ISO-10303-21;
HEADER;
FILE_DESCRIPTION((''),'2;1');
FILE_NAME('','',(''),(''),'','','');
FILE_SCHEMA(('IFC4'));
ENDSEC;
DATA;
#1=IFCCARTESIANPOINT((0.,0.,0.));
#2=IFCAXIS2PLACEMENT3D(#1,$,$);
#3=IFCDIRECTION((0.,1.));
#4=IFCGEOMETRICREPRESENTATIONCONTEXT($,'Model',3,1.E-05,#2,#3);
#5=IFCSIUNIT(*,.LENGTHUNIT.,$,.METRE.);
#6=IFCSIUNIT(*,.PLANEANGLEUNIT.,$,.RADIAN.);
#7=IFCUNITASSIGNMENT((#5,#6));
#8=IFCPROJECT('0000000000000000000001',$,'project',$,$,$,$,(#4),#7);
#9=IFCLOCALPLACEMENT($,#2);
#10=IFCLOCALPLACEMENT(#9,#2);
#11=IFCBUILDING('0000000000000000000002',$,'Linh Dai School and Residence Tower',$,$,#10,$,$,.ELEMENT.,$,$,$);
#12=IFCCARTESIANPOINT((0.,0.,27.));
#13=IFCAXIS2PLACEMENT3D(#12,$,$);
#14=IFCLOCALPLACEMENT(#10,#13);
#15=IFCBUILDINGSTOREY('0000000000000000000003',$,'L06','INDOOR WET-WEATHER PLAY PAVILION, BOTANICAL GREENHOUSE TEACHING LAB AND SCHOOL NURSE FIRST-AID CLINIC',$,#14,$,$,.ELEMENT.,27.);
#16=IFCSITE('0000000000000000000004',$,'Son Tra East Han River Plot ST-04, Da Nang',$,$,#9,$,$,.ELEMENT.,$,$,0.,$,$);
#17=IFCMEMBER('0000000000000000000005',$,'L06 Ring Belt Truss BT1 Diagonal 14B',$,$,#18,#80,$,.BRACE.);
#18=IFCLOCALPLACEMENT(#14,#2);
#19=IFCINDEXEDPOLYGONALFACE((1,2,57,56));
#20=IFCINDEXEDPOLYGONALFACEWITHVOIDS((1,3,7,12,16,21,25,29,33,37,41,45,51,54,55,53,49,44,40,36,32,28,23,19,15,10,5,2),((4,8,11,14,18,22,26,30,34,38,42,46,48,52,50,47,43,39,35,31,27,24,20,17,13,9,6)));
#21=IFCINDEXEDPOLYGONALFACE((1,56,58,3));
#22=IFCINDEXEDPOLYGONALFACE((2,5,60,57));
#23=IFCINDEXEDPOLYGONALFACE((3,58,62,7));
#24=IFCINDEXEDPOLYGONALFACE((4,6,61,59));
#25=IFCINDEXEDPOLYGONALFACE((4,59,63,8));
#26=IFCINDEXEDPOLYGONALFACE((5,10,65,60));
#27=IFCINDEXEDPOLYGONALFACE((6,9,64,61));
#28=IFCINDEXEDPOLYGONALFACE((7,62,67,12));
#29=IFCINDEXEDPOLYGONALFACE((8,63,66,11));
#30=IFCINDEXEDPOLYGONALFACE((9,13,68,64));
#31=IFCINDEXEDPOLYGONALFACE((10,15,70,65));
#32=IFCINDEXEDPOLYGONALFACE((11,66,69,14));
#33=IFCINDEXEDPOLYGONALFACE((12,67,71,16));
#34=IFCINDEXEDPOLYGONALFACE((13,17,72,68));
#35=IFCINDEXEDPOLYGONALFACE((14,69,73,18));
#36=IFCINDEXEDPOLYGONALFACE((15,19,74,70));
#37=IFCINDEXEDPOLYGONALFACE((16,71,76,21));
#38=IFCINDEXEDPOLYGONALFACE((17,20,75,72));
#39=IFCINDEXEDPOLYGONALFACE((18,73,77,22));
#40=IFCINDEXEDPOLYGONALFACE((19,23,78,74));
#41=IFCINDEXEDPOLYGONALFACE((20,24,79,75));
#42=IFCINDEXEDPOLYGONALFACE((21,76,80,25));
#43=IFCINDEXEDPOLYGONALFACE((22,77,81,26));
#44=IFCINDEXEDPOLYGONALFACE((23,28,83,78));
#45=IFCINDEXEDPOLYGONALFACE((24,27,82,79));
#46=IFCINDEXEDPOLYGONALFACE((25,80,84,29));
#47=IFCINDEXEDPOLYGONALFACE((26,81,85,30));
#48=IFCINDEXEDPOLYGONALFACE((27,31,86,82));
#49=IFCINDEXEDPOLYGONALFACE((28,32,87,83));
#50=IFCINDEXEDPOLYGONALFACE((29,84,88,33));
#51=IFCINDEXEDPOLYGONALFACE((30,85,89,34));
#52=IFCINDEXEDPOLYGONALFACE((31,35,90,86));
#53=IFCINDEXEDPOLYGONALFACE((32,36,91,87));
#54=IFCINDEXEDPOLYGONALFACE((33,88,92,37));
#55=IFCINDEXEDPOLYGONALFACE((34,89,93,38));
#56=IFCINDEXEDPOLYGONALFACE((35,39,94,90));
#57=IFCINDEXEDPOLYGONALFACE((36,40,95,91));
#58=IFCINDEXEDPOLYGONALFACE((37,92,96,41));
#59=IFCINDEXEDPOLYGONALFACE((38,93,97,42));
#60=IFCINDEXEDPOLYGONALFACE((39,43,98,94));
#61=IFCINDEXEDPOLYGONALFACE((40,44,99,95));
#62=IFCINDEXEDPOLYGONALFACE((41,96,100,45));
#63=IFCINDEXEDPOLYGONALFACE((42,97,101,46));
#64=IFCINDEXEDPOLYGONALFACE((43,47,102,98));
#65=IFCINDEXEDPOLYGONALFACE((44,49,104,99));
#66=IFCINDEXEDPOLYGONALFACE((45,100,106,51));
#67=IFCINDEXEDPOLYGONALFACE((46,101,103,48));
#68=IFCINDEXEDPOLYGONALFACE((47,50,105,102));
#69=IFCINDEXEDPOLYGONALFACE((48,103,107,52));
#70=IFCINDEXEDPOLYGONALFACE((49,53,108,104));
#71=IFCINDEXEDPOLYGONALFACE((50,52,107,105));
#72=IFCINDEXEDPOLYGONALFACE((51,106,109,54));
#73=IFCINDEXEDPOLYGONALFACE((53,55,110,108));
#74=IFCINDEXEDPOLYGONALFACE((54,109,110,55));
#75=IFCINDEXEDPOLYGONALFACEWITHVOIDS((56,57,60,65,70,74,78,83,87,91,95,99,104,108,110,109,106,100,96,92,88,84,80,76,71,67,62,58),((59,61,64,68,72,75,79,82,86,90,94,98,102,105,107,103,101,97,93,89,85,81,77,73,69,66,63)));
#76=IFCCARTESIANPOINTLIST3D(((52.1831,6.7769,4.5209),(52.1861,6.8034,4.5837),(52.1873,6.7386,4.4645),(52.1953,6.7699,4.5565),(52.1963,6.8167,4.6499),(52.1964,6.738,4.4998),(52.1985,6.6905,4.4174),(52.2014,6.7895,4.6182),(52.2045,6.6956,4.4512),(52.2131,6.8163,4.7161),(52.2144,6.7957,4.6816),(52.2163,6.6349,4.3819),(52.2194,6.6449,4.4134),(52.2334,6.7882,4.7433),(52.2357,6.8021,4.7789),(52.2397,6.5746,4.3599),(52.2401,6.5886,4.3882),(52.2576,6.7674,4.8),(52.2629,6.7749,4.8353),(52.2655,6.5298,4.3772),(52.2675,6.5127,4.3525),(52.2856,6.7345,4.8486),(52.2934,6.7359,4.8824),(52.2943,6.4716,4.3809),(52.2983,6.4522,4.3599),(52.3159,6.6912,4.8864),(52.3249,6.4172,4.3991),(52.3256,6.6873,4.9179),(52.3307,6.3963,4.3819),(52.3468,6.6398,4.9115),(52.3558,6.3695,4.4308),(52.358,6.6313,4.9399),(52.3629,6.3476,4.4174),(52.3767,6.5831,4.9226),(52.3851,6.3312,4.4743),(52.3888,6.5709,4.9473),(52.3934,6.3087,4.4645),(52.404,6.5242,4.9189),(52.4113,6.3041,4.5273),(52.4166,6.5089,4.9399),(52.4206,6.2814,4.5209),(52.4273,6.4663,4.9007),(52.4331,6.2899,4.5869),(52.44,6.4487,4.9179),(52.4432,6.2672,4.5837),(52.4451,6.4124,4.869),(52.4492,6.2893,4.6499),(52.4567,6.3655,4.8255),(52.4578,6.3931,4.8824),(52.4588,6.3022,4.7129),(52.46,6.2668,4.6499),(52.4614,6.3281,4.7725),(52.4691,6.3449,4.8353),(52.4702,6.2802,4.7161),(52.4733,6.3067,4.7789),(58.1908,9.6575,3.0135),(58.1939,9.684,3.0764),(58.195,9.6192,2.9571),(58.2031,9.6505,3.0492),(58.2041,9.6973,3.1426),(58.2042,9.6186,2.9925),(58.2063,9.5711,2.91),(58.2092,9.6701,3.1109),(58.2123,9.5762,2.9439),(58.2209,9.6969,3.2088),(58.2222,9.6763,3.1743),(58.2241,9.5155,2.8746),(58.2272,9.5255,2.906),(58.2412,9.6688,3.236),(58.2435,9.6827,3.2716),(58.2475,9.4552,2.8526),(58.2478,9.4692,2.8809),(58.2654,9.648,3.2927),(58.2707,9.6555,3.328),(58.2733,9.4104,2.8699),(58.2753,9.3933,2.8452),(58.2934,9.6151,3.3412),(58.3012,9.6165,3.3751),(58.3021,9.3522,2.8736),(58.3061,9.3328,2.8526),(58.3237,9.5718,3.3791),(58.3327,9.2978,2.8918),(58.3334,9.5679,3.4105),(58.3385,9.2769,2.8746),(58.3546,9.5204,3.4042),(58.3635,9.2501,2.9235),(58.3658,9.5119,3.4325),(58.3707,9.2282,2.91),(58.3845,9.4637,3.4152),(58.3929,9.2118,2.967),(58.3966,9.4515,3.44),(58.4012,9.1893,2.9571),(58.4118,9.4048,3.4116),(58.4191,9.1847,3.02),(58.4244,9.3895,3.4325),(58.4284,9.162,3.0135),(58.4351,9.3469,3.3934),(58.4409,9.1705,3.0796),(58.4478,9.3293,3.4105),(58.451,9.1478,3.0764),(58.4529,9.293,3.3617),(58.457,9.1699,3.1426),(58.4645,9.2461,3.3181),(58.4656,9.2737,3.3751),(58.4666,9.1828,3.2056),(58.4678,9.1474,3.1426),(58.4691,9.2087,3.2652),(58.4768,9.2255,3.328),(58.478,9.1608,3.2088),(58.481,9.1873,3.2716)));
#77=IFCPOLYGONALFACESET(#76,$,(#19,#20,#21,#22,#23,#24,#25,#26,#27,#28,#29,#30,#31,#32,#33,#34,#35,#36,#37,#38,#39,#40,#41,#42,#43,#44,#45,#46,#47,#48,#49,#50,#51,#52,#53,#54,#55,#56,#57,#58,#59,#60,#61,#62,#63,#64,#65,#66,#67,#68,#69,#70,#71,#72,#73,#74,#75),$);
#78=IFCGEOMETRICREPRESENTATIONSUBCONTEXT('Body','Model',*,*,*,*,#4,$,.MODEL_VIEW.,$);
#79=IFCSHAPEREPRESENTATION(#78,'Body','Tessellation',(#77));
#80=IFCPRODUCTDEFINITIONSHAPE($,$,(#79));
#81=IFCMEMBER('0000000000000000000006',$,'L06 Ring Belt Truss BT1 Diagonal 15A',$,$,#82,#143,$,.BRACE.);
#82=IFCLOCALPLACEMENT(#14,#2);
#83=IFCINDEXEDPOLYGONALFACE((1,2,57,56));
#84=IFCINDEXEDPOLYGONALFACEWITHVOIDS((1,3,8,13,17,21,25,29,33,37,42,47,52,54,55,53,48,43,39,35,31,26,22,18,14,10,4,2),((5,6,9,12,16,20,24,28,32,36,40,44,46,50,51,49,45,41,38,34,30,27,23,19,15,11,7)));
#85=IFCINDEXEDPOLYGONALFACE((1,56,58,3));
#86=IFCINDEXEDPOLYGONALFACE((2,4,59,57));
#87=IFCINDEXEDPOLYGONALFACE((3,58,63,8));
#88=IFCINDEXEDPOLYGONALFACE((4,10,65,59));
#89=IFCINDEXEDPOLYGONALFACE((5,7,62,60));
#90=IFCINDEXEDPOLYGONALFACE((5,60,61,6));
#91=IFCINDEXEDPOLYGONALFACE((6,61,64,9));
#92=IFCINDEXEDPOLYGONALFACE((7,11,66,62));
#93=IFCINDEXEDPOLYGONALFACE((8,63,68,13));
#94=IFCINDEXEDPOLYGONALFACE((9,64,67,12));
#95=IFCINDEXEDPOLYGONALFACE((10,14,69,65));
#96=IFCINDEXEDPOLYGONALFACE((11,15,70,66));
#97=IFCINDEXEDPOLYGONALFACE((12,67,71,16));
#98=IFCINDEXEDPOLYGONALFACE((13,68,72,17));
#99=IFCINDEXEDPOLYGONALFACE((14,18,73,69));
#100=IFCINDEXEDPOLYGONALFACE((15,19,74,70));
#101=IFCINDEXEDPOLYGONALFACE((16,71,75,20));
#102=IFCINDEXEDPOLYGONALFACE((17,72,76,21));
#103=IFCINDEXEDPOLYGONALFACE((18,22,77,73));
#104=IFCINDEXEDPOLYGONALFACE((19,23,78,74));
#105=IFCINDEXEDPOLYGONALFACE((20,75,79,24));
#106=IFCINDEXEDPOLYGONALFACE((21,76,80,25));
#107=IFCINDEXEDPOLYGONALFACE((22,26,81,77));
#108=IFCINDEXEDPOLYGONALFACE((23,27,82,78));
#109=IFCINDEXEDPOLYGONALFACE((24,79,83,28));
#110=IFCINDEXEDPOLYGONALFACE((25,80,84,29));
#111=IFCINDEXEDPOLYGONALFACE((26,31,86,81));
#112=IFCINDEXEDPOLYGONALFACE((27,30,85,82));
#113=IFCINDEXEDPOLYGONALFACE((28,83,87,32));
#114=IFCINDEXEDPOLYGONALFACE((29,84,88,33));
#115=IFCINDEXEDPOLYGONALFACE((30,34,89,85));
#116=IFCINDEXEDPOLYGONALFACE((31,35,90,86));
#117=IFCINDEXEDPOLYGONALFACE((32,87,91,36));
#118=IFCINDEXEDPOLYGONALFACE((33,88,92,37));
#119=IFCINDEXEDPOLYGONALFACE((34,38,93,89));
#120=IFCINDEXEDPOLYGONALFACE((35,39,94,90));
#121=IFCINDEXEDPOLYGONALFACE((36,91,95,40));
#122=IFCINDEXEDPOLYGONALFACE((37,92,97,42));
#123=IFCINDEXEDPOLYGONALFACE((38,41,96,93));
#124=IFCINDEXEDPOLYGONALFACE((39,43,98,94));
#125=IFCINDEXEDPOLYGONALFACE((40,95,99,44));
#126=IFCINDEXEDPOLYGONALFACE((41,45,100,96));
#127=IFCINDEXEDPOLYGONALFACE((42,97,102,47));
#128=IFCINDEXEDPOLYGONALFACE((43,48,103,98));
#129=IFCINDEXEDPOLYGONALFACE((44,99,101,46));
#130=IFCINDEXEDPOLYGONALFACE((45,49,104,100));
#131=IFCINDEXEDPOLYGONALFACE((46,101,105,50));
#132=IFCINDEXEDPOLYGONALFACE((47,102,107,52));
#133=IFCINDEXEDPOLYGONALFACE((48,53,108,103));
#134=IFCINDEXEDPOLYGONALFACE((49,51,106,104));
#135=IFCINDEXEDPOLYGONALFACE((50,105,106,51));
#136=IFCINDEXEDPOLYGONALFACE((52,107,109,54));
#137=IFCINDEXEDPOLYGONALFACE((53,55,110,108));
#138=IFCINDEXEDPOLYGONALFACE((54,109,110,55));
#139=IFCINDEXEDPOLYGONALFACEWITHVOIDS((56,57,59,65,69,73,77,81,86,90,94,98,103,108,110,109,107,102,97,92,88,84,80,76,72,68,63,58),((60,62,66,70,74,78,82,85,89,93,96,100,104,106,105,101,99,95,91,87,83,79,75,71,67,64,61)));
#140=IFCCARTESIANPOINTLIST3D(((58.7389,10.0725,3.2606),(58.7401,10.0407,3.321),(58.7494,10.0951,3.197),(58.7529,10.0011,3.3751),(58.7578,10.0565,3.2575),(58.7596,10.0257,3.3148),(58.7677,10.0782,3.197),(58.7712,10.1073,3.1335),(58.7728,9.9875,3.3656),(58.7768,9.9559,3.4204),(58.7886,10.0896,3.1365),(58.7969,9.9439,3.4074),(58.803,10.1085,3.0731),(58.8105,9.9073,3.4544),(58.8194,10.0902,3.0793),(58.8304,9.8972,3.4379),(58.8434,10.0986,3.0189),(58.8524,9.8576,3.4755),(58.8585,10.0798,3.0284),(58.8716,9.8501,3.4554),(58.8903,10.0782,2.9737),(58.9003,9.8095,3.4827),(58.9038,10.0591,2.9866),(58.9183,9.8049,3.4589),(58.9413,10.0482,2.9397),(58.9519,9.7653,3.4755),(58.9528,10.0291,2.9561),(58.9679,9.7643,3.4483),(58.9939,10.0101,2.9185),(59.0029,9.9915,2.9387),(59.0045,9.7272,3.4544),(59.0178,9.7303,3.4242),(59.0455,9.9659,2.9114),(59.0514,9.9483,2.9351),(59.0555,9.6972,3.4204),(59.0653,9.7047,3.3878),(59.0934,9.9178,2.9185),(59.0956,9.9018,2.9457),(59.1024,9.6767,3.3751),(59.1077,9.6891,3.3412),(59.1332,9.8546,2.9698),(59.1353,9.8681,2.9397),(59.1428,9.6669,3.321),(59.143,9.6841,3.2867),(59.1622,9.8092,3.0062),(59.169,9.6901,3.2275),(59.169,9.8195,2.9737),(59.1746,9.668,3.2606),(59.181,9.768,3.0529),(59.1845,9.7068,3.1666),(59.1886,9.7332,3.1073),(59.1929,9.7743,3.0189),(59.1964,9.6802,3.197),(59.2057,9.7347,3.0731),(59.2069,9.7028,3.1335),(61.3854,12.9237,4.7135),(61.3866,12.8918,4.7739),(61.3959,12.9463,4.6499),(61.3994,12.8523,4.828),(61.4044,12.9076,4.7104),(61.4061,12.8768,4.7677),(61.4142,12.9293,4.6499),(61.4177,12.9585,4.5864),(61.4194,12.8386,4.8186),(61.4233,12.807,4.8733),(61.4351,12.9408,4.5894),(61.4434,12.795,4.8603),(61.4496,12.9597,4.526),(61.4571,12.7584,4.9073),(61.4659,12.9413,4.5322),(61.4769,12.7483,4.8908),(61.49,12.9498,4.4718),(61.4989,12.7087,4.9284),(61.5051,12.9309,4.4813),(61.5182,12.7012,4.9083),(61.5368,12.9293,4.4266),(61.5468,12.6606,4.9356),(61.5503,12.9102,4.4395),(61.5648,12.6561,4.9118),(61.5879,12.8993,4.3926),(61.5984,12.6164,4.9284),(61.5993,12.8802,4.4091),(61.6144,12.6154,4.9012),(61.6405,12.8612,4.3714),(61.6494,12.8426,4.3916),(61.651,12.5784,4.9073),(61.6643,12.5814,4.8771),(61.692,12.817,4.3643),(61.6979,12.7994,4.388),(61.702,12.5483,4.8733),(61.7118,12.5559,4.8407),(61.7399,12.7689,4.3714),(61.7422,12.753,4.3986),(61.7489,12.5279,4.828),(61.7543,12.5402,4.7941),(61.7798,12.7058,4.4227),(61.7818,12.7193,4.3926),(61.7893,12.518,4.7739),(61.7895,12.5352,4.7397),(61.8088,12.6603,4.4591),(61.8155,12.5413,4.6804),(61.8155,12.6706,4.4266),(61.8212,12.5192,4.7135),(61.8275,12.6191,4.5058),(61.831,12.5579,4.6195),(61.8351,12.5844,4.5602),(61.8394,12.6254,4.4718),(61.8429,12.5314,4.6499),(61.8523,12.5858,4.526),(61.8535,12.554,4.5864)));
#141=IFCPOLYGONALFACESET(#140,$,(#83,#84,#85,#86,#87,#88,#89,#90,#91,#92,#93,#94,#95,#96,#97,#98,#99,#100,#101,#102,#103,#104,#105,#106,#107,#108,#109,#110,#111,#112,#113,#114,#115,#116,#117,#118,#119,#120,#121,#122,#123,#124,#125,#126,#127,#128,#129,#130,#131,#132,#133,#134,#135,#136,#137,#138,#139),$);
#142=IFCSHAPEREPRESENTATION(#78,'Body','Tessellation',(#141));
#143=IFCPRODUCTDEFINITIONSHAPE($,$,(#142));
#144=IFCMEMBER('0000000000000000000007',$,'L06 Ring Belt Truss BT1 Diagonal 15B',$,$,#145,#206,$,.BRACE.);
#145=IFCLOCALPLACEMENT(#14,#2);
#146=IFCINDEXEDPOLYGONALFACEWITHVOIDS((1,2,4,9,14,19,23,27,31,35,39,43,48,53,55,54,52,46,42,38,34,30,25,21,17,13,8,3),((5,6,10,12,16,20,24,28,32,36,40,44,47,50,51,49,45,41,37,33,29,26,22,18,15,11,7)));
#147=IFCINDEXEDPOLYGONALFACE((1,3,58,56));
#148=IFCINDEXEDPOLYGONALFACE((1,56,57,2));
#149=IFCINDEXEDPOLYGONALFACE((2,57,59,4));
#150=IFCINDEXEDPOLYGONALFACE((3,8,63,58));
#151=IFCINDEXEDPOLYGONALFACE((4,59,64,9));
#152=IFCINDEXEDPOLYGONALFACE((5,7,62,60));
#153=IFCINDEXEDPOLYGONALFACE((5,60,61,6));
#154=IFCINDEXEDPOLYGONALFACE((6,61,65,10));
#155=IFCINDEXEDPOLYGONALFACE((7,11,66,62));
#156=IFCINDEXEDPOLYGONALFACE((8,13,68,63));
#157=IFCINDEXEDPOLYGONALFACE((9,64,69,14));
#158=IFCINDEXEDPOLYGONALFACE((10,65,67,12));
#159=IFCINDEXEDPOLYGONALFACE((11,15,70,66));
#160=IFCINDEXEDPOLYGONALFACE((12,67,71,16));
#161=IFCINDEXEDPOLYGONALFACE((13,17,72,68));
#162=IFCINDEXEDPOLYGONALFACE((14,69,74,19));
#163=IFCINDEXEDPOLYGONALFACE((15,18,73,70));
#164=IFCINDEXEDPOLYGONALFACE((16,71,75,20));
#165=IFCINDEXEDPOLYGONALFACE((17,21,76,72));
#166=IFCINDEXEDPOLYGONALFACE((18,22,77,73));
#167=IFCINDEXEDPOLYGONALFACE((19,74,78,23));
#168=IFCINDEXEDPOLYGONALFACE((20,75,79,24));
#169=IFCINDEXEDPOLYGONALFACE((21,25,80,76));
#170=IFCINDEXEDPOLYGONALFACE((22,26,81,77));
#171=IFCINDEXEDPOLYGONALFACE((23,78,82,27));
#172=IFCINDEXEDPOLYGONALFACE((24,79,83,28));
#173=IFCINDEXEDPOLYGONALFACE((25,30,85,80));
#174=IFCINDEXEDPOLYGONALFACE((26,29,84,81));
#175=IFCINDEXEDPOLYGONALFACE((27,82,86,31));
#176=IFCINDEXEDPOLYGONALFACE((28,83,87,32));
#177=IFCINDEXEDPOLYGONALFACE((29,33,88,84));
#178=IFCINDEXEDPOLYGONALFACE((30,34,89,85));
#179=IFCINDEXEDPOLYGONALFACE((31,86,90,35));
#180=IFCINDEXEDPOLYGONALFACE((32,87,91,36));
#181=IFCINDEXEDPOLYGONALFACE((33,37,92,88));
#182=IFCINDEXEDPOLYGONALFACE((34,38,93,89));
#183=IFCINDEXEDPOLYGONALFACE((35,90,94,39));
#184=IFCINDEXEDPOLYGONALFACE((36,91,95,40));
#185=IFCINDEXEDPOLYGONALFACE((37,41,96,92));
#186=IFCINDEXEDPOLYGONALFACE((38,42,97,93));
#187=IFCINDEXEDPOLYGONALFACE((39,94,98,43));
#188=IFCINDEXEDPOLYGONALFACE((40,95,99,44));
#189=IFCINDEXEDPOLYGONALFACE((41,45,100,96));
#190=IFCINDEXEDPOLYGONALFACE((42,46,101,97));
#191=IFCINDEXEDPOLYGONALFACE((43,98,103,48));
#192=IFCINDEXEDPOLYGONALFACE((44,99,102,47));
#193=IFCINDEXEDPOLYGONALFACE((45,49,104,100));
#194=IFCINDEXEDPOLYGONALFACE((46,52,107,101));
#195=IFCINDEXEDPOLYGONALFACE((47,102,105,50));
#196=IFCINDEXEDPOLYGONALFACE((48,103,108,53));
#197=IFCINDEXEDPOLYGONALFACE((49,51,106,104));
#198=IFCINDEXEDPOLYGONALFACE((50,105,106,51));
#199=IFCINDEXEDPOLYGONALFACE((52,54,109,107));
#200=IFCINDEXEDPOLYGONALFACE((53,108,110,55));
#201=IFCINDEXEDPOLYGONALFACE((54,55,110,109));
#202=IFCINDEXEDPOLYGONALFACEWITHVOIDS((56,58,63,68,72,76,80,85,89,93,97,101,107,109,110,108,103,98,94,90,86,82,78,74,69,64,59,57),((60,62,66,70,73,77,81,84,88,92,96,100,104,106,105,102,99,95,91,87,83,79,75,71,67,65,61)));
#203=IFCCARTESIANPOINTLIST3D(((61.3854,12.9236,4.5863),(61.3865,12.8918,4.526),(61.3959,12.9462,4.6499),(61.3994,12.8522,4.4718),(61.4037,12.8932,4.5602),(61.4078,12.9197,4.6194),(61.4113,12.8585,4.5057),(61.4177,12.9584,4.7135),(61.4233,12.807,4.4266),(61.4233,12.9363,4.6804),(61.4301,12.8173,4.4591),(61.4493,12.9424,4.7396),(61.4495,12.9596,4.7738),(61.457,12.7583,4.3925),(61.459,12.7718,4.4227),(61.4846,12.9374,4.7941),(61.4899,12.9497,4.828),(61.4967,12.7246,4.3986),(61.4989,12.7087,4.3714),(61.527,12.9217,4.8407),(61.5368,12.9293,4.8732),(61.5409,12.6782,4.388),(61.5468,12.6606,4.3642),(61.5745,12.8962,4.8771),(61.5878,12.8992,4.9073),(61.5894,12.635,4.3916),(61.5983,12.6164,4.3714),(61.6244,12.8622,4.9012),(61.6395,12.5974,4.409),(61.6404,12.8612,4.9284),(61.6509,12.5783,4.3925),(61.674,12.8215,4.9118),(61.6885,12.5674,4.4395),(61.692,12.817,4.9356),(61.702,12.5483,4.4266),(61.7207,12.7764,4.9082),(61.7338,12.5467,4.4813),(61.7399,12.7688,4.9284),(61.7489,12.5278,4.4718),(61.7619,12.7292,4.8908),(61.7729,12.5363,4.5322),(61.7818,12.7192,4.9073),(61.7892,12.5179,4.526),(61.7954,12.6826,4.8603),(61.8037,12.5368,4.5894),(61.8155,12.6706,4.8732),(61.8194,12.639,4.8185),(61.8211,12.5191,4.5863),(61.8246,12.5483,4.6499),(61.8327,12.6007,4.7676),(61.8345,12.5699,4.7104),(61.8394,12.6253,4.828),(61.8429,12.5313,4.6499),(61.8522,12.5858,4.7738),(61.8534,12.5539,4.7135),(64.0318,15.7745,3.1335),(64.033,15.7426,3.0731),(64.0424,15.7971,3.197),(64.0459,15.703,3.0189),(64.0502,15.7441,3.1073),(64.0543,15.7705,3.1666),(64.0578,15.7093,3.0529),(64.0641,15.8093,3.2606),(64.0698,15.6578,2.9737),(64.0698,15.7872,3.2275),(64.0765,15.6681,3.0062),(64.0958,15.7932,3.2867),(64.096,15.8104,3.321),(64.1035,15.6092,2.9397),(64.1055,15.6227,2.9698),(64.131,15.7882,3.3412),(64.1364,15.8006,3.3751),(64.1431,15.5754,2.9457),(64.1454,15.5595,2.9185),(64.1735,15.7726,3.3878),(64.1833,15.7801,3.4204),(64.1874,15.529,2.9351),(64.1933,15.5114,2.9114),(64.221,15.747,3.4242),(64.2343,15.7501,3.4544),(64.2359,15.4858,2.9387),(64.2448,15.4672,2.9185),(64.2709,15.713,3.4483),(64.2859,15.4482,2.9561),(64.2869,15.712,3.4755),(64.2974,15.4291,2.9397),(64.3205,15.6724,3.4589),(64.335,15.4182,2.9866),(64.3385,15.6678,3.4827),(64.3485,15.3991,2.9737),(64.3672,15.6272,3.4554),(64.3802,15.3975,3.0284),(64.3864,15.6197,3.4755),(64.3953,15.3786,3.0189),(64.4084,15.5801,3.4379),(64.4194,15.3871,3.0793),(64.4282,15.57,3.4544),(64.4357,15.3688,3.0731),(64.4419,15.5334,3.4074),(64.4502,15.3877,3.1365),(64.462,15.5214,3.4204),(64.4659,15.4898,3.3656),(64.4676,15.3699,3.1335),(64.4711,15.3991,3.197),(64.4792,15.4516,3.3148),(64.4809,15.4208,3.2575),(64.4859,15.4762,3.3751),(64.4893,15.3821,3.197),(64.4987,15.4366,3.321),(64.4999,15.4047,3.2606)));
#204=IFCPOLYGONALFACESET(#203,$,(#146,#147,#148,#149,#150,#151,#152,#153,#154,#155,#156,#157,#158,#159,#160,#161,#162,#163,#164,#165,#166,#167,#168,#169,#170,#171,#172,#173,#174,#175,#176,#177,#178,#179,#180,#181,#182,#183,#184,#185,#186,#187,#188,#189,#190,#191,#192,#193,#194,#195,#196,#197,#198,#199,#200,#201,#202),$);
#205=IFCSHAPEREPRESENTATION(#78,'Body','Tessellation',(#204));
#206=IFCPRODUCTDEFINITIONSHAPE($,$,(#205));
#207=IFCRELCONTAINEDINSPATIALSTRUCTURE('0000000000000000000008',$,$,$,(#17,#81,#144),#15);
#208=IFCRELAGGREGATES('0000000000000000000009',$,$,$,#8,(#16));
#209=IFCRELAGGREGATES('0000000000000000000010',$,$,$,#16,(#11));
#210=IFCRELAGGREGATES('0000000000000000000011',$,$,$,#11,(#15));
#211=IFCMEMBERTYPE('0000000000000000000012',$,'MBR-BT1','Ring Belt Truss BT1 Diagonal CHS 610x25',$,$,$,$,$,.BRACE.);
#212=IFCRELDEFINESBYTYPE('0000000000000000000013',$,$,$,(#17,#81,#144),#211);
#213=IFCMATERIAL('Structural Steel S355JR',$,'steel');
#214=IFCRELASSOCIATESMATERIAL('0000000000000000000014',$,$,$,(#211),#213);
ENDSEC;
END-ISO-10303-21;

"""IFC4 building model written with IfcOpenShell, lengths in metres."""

from ifc_helpers import new_model, si_unit, direction, frame, origin, origin_2d, place, context, subcontext, project, spatial, hollow_circle, extrude, material, material_profile, profile_set, type_object, element, save


model = new_model("IFC4")

# Units and contexts
model_context = context("Model", 3, precision=1e-05, world=origin(), true_north=direction((0.0, 1.0)))
body_context = subcontext(model_context, "Body", "Model", "MODEL_VIEW")
ifc_project = project(units=[si_unit("LENGTHUNIT", "METRE"), si_unit("PLANEANGLEUNIT", "RADIAN")], contexts=[model_context])

# Site, building, storey
site_placement = place(None, origin())
site = spatial("IfcSite", under=ifc_project, at=site_placement, Name="Son Tra East Han River Plot ST-04, Da Nang", CompositionType="ELEMENT", RefElevation=0.0)
building_placement = place(site_placement, origin())
building = spatial("IfcBuilding", under=site, at=building_placement, Name="Linh Dai School and Residence Tower", CompositionType="ELEMENT")
storey_placement = place(building_placement, frame((0.0, 0.0, 27.0)))
storey = spatial("IfcBuildingStorey", under=building, at=storey_placement, Name="L06", Description="INDOOR WET-WEATHER PLAY PAVILION, BOTANICAL GREENHOUSE TEACHING LAB AND SCHOOL NURSE FIRST-AID CLINIC", CompositionType="ELEMENT", Elevation=27.0)

# Shared definitions
ifc_material_1 = material(Name="Structural Steel S355JR", Category="steel")

# Members
ifc_material_profile_1 = material_profile(ifc_material_1, hollow_circle(Radius=0.3049, WallThickness=0.0249, at=origin_2d()), Name="CHS 610x25")
ifc_profile_set_1 = profile_set([ifc_material_profile_1], Name="Structural Steel S355JR")
member_type_1 = type_object("IfcMemberType", Name="MBR-BT1", Description="Ring Belt Truss BT1 Diagonal CHS 610x25", PredefinedType="BRACE", material=ifc_profile_set_1)
member_1_placement = place(storey_placement, frame((58.3359, 9.4224, 3.1426), z_axis=(-0.879481, -0.421692, 0.220656), x_axis=(0.432349, -0.901707, 0.0)))
element("IfcMember", 1, at=member_1_placement, inside=storey, type_object=member_type_1, Name="L06 Ring Belt Truss BT1 Diagonal 14B", PredefinedType="BRACE", context=body_context, shape_type="SweptSolid", body=[
    extrude(hollow_circle(Radius=0.3049, WallThickness=0.0249, at=origin_2d()), origin(), (0.0, 0.0, 1.0), 6.8311),
])
member_2_placement = place(storey_placement, frame((58.9729, 9.8877, 3.197), z_axis=(0.637321, 0.68659, 0.34988), x_axis=(-0.732914, 0.680321, 0.0)))
element("IfcMember", 2, at=member_2_placement, inside=storey, type_object=member_type_1, Name="L06 Ring Belt Truss BT1 Diagonal 15A", PredefinedType="BRACE", context=body_context, shape_type="SweptSolid", body=[
    extrude(hollow_circle(Radius=0.3049, WallThickness=0.0249, at=origin_2d()), origin(), (0.0, 0.0, 1.0), 4.1526),
])
member_3_placement = place(storey_placement, frame((64.2659, 15.5896, 3.197), z_axis=(-0.637347, -0.686559, 0.349894), x_axis=(0.732885, -0.680352, 0.0)))
element("IfcMember", 3, at=member_3_placement, inside=storey, type_object=member_type_1, Name="L06 Ring Belt Truss BT1 Diagonal 15B", PredefinedType="BRACE", context=body_context, shape_type="SweptSolid", body=[
    extrude(hollow_circle(Radius=0.3049, WallThickness=0.0249, at=origin_2d()), origin(), (0.0, 0.0, 1.0), 4.1523),
])

save(model, "model.ifc")
